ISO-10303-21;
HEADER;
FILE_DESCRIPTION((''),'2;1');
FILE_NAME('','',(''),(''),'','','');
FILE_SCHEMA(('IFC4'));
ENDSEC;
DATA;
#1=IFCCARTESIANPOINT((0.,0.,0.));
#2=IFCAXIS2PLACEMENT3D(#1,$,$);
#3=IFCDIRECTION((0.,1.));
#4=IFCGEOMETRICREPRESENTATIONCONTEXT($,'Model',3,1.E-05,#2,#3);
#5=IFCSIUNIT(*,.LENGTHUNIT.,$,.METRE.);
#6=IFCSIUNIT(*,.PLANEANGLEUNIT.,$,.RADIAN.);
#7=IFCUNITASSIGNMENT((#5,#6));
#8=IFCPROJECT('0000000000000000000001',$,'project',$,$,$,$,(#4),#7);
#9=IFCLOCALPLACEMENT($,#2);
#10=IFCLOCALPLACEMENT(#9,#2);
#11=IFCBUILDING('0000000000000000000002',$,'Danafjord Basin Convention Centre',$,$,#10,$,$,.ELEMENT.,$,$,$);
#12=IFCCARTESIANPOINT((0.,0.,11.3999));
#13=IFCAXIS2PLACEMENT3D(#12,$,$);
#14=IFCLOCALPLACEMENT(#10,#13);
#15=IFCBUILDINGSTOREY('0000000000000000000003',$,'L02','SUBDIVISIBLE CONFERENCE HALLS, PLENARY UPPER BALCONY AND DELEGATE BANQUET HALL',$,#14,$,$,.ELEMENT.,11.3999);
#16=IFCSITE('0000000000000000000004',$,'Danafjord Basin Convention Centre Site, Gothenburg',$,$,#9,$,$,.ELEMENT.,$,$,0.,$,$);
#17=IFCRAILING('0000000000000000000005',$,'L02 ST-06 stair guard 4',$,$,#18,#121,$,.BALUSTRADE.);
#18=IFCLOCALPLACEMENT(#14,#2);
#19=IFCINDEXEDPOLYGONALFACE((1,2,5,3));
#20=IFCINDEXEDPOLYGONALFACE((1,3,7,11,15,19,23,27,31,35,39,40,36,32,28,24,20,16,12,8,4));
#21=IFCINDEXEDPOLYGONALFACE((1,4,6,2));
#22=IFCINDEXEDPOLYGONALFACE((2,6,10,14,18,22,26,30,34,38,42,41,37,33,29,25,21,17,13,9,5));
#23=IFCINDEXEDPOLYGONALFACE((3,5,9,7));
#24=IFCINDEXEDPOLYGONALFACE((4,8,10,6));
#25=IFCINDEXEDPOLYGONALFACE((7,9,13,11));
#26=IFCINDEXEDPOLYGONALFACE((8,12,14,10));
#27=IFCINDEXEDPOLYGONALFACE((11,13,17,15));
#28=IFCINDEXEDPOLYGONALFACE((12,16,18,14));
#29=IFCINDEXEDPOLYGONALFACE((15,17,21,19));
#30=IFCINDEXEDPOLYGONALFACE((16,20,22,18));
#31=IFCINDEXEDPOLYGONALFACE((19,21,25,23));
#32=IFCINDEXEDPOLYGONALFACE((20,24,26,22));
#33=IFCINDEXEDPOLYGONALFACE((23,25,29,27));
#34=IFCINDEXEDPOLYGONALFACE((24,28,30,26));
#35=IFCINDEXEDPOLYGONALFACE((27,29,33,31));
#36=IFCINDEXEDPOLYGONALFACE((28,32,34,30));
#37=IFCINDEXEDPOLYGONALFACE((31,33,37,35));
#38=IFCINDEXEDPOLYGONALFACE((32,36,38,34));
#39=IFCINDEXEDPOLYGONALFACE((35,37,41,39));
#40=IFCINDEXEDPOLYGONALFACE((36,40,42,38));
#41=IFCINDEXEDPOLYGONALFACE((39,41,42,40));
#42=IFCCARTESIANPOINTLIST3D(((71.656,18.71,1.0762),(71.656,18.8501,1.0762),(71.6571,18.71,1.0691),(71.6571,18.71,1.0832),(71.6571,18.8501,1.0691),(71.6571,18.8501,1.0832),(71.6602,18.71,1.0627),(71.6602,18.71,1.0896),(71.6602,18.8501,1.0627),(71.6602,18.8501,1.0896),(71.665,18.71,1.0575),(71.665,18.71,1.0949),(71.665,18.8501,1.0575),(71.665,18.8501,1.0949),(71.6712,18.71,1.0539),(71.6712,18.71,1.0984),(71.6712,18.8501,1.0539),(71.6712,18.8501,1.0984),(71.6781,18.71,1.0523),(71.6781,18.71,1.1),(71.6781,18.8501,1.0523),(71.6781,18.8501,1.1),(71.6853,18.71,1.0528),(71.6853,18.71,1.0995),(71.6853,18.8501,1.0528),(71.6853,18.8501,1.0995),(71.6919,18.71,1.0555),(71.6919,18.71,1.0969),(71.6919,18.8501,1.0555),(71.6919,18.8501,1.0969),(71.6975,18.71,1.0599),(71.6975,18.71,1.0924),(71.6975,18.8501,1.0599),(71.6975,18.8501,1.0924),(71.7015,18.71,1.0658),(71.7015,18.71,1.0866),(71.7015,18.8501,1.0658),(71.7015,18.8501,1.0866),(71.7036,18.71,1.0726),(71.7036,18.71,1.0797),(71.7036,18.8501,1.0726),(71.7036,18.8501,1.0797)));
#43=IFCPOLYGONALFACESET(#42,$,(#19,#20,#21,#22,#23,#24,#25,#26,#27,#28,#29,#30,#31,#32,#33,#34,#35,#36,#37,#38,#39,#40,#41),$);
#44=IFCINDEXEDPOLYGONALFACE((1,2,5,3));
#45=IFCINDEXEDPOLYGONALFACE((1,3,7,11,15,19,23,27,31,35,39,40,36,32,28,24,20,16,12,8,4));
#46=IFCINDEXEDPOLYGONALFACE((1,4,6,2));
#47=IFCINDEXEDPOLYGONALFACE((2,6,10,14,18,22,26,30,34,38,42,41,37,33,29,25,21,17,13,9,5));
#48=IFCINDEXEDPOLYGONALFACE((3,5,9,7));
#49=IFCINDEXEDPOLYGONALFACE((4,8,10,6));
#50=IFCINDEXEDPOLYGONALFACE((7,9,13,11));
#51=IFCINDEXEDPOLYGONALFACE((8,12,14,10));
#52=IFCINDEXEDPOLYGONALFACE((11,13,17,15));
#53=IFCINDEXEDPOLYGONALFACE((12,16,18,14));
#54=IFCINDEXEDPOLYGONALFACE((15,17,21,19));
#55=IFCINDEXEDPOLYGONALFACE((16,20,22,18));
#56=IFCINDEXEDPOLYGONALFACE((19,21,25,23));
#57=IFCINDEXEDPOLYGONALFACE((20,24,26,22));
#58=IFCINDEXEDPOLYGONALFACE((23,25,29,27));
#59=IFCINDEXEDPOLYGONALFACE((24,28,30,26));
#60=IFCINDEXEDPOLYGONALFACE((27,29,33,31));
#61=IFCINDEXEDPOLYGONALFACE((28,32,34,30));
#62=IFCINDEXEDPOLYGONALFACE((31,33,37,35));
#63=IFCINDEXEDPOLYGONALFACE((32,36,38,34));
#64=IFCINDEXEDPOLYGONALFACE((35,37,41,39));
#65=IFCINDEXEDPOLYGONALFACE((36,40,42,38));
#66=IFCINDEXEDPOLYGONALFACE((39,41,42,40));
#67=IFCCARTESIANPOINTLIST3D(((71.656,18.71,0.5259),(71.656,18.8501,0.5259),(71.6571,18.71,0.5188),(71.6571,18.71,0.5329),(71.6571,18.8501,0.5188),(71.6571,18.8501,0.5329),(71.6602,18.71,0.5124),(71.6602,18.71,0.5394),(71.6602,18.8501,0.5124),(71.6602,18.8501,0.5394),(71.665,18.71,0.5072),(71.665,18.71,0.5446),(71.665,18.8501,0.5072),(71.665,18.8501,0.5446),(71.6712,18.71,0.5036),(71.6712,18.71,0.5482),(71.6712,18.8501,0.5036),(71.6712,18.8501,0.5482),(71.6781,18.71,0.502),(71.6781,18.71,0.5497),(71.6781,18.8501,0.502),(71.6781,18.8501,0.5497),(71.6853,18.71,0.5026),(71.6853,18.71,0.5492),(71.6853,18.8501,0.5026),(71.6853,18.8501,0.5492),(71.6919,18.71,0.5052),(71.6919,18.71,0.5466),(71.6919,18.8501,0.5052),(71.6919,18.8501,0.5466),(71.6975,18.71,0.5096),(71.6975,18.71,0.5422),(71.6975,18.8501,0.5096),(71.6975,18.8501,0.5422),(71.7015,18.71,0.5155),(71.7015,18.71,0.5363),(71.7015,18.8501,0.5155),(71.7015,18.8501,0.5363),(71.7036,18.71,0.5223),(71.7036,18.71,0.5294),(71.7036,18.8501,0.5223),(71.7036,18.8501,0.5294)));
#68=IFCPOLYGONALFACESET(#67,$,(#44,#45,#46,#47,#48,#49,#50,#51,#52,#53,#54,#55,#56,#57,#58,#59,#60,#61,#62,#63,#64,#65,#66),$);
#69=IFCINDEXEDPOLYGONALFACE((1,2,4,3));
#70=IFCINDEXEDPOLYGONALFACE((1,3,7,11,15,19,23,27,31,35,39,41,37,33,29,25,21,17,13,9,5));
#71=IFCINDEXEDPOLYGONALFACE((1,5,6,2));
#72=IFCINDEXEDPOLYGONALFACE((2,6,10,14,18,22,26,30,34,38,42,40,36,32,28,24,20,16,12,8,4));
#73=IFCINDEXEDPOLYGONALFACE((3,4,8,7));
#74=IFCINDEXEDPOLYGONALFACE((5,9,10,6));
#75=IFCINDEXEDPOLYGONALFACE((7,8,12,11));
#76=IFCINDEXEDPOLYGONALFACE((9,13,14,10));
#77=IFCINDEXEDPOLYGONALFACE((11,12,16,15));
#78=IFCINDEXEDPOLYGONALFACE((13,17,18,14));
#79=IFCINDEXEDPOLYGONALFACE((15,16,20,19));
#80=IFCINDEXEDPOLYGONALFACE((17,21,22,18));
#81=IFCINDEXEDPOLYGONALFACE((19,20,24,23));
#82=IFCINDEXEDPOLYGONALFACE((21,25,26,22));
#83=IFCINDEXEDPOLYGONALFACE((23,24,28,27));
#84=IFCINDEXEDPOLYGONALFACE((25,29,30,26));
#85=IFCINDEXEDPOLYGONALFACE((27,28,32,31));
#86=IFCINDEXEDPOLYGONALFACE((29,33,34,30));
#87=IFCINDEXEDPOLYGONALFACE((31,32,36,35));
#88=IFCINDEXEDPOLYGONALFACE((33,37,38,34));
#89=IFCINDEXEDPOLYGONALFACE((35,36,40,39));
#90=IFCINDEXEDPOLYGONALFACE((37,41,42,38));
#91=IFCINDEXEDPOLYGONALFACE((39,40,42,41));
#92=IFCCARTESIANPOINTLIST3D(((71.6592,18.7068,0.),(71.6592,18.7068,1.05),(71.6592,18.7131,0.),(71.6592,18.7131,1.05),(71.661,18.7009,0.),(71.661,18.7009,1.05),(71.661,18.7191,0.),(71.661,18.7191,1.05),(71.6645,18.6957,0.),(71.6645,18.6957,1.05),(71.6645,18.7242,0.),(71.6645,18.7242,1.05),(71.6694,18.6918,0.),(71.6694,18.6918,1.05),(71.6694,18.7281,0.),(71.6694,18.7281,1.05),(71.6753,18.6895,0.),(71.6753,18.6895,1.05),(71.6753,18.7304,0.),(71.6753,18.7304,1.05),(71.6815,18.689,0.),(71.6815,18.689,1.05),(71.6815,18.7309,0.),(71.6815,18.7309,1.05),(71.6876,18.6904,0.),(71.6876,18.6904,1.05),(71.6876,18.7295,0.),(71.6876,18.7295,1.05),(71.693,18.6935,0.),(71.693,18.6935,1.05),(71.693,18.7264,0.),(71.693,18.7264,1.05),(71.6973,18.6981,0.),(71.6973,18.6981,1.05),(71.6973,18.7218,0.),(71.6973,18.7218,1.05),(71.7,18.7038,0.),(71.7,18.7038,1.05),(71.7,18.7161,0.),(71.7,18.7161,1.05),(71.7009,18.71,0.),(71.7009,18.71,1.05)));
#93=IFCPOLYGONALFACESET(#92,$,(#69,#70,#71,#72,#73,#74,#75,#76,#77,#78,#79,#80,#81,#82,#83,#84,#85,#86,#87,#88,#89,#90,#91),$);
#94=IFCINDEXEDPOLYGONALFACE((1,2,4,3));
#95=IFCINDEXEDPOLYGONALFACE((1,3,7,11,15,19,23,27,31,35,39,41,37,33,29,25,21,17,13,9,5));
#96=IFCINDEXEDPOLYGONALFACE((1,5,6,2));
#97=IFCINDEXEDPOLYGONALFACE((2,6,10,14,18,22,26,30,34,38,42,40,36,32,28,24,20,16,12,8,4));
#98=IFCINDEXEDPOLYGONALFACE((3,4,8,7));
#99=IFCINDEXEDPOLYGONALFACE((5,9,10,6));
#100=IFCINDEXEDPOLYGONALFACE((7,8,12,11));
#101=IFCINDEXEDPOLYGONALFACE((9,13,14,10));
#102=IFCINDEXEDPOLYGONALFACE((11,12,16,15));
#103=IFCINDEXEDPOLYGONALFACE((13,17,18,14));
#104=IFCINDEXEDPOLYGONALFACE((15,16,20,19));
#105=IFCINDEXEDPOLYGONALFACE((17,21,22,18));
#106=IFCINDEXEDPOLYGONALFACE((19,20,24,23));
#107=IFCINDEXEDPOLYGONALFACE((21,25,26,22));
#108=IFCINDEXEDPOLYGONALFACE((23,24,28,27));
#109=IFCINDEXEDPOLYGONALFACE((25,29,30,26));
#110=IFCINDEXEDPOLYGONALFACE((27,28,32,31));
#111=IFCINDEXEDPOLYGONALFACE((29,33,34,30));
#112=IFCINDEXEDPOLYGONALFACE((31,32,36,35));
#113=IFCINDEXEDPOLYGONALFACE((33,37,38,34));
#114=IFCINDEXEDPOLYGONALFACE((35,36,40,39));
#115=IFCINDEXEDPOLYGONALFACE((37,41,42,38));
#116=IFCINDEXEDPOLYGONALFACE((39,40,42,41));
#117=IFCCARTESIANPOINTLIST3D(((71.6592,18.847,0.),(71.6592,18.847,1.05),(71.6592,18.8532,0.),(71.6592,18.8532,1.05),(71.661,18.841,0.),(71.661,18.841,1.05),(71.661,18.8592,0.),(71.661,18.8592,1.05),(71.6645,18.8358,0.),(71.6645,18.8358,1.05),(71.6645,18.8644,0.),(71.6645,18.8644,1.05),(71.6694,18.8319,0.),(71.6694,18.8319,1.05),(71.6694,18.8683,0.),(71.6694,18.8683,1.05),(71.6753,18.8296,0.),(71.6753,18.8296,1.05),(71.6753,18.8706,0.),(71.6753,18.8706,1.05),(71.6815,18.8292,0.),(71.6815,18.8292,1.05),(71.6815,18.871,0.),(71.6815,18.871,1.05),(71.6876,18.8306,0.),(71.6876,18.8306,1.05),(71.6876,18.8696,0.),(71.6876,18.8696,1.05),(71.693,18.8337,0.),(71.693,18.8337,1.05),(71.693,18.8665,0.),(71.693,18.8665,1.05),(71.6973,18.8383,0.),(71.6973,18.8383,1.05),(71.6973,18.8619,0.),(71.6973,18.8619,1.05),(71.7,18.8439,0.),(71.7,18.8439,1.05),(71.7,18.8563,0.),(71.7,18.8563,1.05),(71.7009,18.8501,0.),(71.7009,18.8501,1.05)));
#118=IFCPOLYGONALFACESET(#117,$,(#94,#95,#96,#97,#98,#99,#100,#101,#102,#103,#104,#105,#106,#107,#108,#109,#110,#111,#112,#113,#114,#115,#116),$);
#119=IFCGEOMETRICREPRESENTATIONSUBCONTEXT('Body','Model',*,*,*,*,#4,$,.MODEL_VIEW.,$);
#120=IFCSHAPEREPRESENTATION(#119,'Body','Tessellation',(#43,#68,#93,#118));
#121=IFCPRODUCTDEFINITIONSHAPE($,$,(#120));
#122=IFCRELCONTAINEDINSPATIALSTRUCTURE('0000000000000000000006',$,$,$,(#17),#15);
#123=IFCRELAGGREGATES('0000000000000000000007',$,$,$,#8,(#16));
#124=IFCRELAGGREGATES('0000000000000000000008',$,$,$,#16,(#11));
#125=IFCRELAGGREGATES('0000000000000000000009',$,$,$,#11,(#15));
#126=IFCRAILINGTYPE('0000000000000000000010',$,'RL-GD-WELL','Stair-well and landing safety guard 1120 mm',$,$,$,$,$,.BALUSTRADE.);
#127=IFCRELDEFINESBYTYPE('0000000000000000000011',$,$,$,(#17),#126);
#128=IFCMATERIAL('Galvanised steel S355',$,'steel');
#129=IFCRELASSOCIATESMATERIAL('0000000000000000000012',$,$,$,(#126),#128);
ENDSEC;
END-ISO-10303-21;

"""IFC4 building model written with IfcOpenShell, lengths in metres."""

from ifc_helpers import new_model, si_unit, direction, frame, origin, origin_2d, place, context, subcontext, project, spatial, circle, extrude, material, type_object, element, save


model = new_model("IFC4")

# Units and contexts
model_context = context("Model", 3, precision=1e-05, world=origin(), true_north=direction((0.0, 1.0)))
body_context = subcontext(model_context, "Body", "Model", "MODEL_VIEW")
ifc_project = project(units=[si_unit("LENGTHUNIT", "METRE"), si_unit("PLANEANGLEUNIT", "RADIAN")], contexts=[model_context])

# Site, building, storey
site_placement = place(None, origin())
site = spatial("IfcSite", under=ifc_project, at=site_placement, Name="Danafjord Basin Convention Centre Site, Gothenburg", CompositionType="ELEMENT", RefElevation=0.0)
building_placement = place(site_placement, origin())
building = spatial("IfcBuilding", under=site, at=building_placement, Name="Danafjord Basin Convention Centre", CompositionType="ELEMENT")
storey_placement = place(building_placement, frame((0.0, 0.0, 11.3999)))
storey = spatial("IfcBuildingStorey", under=building, at=storey_placement, Name="L02", Description="SUBDIVISIBLE CONFERENCE HALLS, PLENARY UPPER BALCONY AND DELEGATE BANQUET HALL", CompositionType="ELEMENT", Elevation=11.3999)

# Railing
ifc_material_1 = material(Name="Galvanised steel S355", Category="steel")
railing_type_1 = type_object("IfcRailingType", Name="RL-GD-WELL", Description="Stair-well and landing safety guard 1120 mm", PredefinedType="BALUSTRADE", material=ifc_material_1)
railing_1_placement = place(storey_placement, frame((71.6799, 18.71, 0.0)))
element("IfcRailing", 1, at=railing_1_placement, inside=storey, type_object=railing_type_1, Name="L02 ST-06 stair guard 4", PredefinedType="BALUSTRADE", context=body_context, shape_type="SweptSolid", body=[
    extrude(circle(Radius=0.0239, at=origin_2d()), frame((0.0, 0.0, 1.0762), z_axis=(0.0, 1.0, 0.0), x_axis=(-1.0, 0.0, 0.0)), (0.0, 0.0, 1.0), 0.1401),
    extrude(circle(Radius=0.0239, at=origin_2d()), frame((0.0, 0.0, 0.5259), z_axis=(0.0, 1.0, 0.0), x_axis=(-1.0, 0.0, 0.0)), (0.0, 0.0, 1.0), 0.1401),
    extrude(circle(Radius=0.021, at=origin_2d()), origin(), (0.0, 0.0, 1.0), 1.05),
    extrude(circle(Radius=0.021, at=origin_2d()), frame((0.0, 0.1401, 0.0)), (0.0, 0.0, 1.0), 1.05),
])

save(model, "model.ifc")
